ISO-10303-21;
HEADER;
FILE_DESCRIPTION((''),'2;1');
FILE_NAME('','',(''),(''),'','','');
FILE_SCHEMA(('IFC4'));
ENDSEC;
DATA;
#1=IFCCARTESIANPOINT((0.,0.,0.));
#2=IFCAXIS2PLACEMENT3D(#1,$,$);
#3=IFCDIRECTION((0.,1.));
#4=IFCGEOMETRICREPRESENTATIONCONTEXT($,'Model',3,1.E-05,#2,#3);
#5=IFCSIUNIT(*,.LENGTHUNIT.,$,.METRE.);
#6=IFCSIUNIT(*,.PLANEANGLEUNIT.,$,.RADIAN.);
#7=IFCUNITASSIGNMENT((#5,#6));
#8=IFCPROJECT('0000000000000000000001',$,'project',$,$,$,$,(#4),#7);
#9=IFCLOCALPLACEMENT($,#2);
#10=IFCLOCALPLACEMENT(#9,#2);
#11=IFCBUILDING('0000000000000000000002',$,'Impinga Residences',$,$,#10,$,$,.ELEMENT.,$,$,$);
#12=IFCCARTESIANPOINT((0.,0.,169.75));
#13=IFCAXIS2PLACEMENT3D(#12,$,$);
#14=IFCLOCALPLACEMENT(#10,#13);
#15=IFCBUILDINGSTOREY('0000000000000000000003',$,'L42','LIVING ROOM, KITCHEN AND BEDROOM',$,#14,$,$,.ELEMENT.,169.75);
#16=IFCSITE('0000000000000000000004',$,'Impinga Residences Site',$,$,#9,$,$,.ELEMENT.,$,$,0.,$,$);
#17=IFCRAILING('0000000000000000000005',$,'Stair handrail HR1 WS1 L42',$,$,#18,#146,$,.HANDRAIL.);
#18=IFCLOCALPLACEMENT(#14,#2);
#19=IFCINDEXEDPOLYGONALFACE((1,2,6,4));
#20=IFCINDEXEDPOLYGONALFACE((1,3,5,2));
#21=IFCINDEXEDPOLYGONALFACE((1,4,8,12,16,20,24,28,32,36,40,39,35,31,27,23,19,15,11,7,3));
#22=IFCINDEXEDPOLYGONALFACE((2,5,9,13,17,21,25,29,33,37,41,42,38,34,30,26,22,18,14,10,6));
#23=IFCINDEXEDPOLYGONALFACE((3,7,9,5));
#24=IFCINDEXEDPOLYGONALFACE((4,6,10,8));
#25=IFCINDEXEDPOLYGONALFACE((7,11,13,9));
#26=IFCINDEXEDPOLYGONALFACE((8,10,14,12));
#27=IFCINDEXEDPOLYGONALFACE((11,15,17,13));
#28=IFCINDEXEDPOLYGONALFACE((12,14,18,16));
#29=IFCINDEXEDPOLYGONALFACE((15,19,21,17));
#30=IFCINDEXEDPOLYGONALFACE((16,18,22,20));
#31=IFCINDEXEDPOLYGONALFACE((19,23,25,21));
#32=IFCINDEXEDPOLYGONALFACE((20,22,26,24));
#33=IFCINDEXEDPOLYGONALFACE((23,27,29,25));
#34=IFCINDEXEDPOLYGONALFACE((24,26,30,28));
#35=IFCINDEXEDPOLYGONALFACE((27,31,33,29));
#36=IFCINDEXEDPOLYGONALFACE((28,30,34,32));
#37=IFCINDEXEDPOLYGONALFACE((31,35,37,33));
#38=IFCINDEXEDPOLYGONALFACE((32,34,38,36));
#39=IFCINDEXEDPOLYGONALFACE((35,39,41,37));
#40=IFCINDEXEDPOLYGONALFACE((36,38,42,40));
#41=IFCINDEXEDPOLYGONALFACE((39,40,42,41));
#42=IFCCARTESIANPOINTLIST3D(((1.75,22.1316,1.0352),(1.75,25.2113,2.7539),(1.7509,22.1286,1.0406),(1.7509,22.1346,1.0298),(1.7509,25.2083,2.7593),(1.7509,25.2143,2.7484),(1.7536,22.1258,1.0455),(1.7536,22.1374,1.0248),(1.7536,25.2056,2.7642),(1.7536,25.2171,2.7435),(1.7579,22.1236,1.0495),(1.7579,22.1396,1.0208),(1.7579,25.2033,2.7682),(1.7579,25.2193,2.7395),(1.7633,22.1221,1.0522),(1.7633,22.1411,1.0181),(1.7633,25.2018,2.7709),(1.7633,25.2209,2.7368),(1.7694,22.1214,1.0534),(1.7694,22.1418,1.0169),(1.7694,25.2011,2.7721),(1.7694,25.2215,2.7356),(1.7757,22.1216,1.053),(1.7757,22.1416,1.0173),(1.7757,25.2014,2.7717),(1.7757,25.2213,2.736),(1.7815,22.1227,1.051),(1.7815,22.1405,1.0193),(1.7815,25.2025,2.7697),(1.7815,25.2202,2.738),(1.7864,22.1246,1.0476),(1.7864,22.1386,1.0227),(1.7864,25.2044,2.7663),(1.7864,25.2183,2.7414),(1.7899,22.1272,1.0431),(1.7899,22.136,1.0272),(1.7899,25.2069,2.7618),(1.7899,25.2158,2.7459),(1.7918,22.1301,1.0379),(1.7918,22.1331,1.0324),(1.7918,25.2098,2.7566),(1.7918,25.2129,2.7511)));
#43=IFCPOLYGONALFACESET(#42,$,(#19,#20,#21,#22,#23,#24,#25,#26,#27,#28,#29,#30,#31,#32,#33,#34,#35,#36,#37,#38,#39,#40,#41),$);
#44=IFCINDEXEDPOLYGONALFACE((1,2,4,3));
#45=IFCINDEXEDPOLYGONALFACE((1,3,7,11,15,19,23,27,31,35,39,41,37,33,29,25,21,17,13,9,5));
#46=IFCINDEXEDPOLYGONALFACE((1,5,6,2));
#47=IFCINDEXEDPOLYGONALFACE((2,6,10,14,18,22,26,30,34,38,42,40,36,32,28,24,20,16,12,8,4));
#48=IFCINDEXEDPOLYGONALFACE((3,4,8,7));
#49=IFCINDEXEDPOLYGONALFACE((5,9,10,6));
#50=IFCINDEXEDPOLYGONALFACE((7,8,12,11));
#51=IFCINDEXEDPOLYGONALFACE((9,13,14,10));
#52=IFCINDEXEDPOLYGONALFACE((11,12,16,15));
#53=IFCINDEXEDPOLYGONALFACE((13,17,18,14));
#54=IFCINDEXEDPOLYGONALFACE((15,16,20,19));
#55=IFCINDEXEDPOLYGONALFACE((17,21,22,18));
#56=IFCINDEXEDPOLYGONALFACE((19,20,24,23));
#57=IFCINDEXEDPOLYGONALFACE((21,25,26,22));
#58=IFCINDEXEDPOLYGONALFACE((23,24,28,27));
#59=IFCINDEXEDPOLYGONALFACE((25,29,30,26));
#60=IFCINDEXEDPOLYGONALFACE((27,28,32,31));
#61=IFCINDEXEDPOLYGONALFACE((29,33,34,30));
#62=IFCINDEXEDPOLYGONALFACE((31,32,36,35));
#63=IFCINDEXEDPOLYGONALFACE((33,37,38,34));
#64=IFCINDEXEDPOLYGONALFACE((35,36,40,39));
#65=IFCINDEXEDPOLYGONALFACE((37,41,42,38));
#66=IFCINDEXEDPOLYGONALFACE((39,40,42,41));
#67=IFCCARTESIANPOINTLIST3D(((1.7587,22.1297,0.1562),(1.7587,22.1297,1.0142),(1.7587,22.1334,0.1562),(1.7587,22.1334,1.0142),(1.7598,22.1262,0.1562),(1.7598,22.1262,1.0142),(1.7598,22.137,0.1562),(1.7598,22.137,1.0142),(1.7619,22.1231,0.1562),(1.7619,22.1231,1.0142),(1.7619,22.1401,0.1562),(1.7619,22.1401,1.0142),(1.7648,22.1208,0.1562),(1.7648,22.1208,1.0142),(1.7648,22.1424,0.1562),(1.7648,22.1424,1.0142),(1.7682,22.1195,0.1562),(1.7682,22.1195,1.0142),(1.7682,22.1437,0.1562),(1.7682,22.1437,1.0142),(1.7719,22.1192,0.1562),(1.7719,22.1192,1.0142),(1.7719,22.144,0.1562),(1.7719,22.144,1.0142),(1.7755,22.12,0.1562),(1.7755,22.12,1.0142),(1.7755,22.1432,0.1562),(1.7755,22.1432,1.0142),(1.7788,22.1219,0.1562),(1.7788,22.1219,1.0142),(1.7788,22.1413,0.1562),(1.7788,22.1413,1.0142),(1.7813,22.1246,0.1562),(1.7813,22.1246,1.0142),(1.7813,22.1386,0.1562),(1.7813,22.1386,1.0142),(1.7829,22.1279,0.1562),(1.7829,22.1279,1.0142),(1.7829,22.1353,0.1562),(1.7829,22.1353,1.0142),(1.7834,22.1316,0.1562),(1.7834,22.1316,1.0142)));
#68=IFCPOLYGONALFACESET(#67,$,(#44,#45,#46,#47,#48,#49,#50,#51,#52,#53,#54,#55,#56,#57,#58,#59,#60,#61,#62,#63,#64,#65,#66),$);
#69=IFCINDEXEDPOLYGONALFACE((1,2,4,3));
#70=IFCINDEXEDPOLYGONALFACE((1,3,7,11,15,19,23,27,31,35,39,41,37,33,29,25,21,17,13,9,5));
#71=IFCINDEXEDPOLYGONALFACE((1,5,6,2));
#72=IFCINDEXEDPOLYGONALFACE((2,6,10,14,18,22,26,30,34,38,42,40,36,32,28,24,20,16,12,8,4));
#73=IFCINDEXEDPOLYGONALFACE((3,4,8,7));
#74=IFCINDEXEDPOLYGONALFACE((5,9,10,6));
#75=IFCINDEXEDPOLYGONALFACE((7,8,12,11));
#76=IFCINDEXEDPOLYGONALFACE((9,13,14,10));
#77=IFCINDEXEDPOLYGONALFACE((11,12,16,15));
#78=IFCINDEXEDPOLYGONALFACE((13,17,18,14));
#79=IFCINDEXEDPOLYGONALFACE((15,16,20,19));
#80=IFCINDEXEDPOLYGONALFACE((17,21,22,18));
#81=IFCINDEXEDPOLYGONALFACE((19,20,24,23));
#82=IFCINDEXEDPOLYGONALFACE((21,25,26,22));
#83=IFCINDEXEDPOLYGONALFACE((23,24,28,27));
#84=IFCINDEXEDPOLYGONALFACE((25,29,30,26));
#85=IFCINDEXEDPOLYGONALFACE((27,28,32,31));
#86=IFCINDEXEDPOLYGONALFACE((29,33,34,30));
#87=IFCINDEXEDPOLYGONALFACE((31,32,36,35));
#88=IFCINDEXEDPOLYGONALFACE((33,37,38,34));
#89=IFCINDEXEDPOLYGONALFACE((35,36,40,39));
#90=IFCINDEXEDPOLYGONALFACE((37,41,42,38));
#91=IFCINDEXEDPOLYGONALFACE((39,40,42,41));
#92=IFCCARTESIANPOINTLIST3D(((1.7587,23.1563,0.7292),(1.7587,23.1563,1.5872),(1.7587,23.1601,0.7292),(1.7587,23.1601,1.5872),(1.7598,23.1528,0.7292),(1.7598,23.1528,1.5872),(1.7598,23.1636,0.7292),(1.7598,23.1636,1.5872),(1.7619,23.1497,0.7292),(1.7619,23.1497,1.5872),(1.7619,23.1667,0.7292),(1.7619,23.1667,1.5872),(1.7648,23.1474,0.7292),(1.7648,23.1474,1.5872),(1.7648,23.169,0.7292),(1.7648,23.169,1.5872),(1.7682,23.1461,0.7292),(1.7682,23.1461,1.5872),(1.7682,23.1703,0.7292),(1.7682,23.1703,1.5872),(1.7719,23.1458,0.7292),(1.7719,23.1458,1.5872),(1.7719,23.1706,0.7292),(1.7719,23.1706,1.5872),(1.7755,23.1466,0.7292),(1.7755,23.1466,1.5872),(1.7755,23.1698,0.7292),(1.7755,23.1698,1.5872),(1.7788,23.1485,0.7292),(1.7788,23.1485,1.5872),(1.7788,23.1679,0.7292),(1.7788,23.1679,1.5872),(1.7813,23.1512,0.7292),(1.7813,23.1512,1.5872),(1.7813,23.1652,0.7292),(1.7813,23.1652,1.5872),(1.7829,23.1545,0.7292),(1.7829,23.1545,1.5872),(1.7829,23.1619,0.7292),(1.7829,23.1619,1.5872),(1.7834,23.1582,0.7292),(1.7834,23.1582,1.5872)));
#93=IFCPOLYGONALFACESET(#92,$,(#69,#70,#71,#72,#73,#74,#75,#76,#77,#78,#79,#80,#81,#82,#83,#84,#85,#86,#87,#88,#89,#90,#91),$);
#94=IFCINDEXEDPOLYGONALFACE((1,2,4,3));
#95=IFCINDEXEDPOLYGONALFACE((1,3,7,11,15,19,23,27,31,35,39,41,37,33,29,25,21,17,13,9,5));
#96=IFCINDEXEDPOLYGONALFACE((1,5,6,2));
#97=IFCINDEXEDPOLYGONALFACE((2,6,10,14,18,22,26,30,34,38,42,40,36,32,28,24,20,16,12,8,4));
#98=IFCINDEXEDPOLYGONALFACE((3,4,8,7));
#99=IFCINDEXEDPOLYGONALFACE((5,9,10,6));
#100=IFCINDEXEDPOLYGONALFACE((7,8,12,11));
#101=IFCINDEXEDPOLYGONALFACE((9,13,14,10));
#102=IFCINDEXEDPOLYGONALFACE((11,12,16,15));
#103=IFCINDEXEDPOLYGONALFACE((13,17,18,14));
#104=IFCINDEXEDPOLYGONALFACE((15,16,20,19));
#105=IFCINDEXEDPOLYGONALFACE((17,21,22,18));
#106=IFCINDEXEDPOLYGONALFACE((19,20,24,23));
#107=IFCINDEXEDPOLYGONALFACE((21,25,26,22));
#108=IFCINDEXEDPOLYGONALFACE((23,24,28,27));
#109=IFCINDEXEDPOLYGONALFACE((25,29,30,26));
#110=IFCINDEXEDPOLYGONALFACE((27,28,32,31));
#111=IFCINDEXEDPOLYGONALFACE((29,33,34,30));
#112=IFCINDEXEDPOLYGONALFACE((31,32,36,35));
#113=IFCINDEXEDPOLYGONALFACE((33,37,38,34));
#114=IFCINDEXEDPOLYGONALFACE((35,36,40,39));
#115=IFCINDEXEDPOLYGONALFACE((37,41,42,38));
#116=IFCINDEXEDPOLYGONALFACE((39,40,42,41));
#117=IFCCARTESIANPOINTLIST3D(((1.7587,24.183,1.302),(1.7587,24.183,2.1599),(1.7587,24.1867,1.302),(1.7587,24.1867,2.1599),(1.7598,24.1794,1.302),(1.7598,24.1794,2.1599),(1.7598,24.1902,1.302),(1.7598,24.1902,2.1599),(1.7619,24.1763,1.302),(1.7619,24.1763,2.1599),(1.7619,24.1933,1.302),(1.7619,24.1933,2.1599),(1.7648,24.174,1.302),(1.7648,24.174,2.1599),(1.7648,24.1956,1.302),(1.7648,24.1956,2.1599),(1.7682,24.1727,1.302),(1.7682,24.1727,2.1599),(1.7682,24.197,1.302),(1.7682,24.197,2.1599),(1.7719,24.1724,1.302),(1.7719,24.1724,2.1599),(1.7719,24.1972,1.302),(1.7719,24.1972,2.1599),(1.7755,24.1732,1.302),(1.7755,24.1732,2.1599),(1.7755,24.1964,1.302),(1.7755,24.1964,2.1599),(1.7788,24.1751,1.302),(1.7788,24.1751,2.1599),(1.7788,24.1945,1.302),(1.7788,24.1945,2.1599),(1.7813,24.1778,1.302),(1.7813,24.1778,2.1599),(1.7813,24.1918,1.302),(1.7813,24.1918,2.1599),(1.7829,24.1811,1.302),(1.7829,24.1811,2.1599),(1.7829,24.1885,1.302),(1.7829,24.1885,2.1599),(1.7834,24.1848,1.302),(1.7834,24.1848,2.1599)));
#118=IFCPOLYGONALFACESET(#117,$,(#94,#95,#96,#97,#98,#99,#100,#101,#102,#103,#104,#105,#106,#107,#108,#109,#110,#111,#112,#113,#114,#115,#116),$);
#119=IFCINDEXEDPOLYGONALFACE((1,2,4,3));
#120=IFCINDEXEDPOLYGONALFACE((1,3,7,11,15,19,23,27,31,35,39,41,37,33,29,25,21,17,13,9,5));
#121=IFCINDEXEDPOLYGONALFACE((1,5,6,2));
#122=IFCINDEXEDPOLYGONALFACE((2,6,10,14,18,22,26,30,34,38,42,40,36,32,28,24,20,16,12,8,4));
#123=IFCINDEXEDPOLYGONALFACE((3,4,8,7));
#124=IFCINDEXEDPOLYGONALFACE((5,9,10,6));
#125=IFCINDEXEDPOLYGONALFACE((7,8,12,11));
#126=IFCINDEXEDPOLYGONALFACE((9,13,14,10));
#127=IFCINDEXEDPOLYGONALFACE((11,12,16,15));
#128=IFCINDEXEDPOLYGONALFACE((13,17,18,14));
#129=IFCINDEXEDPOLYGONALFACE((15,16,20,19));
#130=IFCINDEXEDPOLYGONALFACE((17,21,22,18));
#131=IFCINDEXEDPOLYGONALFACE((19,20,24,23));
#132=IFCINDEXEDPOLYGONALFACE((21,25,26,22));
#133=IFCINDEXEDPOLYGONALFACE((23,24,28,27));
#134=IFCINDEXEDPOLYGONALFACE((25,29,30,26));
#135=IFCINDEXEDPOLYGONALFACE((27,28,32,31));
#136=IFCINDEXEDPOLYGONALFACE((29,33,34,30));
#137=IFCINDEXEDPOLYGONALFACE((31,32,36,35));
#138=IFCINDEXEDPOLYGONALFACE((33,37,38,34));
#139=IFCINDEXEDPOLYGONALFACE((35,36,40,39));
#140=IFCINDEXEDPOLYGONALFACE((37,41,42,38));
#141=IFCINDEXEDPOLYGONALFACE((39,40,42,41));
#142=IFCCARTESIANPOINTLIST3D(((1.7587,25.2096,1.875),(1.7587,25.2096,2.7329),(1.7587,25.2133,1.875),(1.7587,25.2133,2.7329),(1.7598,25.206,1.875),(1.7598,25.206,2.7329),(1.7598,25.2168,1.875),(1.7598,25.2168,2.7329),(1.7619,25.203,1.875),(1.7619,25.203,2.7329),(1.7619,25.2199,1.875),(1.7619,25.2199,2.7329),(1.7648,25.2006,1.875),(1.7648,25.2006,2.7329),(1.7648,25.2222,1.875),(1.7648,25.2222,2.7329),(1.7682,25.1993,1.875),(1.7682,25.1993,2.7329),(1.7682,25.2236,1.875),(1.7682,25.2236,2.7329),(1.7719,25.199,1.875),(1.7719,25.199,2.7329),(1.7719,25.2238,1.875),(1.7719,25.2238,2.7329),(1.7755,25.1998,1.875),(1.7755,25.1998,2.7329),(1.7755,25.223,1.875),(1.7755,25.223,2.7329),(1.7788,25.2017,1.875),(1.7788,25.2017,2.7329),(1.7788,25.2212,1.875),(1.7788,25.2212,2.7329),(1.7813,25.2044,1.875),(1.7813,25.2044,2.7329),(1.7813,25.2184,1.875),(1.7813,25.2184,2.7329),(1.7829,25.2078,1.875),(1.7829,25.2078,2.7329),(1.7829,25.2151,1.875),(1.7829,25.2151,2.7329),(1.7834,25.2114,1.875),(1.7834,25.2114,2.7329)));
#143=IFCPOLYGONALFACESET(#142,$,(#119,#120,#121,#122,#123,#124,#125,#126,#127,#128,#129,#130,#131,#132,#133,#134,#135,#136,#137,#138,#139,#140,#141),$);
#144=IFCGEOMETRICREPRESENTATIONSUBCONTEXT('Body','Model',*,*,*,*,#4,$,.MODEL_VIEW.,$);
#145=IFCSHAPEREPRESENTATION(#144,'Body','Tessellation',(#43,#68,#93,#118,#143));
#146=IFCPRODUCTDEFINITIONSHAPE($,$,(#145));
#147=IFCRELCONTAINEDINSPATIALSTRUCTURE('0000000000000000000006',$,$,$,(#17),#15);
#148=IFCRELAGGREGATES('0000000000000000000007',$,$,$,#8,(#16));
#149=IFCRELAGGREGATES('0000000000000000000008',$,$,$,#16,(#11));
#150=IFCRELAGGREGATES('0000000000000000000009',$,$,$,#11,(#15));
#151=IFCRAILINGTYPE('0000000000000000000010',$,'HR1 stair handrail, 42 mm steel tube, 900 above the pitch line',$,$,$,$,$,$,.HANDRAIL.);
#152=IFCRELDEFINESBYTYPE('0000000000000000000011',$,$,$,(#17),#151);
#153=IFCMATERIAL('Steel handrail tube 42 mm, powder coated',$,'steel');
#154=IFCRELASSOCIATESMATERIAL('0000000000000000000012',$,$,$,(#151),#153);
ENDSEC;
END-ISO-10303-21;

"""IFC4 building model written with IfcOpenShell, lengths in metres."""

from ifc_helpers import new_model, si_unit, direction, frame, origin, origin_2d, place, context, subcontext, project, spatial, circle, extrude, material, type_object, element, save


model = new_model("IFC4")

# Units and contexts
model_context = context("Model", 3, precision=1e-05, world=origin(), true_north=direction((0.0, 1.0)))
body_context = subcontext(model_context, "Body", "Model", "MODEL_VIEW")
ifc_project = project(units=[si_unit("LENGTHUNIT", "METRE"), si_unit("PLANEANGLEUNIT", "RADIAN")], contexts=[model_context])

# Site, building, storey
site_placement = place(None, origin())
site = spatial("IfcSite", under=ifc_project, at=site_placement, Name="Impinga Residences Site", CompositionType="ELEMENT", RefElevation=0.0)
building_placement = place(site_placement, origin())
building = spatial("IfcBuilding", under=site, at=building_placement, Name="Impinga Residences", CompositionType="ELEMENT")
storey_placement = place(building_placement, frame((0.0, 0.0, 169.75)))
storey = spatial("IfcBuildingStorey", under=building, at=storey_placement, Name="L42", Description="LIVING ROOM, KITCHEN AND BEDROOM", CompositionType="ELEMENT", Elevation=169.75)

# Railing
ifc_material_1 = material(Name="Steel handrail tube 42 mm, powder coated", Category="steel")
railing_type_1 = type_object("IfcRailingType", Name="HR1 stair handrail, 42 mm steel tube, 900 above the pitch line", PredefinedType="HANDRAIL", material=ifc_material_1)
railing_1_placement = place(storey_placement, frame((1.771, 22.1316, 0.1562)))
element("IfcRailing", 1, at=railing_1_placement, inside=storey, type_object=railing_type_1, Name="Stair handrail HR1 WS1 L42", PredefinedType="HANDRAIL", context=body_context, shape_type="SweptSolid", body=[
    extrude(circle(Radius=0.021, at=origin_2d()), frame((0.0, 0.0, 0.8789), z_axis=(0.0, 0.873225, 0.487317), x_axis=(-1.0, 0.0, 0.0)), (0.0, 0.0, 1.0), 3.5269),
    extrude(circle(Radius=0.0125, at=origin_2d()), origin(), (0.0, 0.0, 1.0), 0.8579),
    extrude(circle(Radius=0.0125, at=origin_2d()), frame((0.0, 1.0266, 0.573)), (0.0, 0.0, 1.0), 0.8579),
    extrude(circle(Radius=0.0125, at=origin_2d()), frame((0.0, 2.0532, 1.1458)), (0.0, 0.0, 1.0), 0.8579),
    extrude(circle(Radius=0.0125, at=origin_2d()), frame((0.0, 3.0798, 1.7188)), (0.0, 0.0, 1.0), 0.8579),
])

save(model, "model.ifc")
